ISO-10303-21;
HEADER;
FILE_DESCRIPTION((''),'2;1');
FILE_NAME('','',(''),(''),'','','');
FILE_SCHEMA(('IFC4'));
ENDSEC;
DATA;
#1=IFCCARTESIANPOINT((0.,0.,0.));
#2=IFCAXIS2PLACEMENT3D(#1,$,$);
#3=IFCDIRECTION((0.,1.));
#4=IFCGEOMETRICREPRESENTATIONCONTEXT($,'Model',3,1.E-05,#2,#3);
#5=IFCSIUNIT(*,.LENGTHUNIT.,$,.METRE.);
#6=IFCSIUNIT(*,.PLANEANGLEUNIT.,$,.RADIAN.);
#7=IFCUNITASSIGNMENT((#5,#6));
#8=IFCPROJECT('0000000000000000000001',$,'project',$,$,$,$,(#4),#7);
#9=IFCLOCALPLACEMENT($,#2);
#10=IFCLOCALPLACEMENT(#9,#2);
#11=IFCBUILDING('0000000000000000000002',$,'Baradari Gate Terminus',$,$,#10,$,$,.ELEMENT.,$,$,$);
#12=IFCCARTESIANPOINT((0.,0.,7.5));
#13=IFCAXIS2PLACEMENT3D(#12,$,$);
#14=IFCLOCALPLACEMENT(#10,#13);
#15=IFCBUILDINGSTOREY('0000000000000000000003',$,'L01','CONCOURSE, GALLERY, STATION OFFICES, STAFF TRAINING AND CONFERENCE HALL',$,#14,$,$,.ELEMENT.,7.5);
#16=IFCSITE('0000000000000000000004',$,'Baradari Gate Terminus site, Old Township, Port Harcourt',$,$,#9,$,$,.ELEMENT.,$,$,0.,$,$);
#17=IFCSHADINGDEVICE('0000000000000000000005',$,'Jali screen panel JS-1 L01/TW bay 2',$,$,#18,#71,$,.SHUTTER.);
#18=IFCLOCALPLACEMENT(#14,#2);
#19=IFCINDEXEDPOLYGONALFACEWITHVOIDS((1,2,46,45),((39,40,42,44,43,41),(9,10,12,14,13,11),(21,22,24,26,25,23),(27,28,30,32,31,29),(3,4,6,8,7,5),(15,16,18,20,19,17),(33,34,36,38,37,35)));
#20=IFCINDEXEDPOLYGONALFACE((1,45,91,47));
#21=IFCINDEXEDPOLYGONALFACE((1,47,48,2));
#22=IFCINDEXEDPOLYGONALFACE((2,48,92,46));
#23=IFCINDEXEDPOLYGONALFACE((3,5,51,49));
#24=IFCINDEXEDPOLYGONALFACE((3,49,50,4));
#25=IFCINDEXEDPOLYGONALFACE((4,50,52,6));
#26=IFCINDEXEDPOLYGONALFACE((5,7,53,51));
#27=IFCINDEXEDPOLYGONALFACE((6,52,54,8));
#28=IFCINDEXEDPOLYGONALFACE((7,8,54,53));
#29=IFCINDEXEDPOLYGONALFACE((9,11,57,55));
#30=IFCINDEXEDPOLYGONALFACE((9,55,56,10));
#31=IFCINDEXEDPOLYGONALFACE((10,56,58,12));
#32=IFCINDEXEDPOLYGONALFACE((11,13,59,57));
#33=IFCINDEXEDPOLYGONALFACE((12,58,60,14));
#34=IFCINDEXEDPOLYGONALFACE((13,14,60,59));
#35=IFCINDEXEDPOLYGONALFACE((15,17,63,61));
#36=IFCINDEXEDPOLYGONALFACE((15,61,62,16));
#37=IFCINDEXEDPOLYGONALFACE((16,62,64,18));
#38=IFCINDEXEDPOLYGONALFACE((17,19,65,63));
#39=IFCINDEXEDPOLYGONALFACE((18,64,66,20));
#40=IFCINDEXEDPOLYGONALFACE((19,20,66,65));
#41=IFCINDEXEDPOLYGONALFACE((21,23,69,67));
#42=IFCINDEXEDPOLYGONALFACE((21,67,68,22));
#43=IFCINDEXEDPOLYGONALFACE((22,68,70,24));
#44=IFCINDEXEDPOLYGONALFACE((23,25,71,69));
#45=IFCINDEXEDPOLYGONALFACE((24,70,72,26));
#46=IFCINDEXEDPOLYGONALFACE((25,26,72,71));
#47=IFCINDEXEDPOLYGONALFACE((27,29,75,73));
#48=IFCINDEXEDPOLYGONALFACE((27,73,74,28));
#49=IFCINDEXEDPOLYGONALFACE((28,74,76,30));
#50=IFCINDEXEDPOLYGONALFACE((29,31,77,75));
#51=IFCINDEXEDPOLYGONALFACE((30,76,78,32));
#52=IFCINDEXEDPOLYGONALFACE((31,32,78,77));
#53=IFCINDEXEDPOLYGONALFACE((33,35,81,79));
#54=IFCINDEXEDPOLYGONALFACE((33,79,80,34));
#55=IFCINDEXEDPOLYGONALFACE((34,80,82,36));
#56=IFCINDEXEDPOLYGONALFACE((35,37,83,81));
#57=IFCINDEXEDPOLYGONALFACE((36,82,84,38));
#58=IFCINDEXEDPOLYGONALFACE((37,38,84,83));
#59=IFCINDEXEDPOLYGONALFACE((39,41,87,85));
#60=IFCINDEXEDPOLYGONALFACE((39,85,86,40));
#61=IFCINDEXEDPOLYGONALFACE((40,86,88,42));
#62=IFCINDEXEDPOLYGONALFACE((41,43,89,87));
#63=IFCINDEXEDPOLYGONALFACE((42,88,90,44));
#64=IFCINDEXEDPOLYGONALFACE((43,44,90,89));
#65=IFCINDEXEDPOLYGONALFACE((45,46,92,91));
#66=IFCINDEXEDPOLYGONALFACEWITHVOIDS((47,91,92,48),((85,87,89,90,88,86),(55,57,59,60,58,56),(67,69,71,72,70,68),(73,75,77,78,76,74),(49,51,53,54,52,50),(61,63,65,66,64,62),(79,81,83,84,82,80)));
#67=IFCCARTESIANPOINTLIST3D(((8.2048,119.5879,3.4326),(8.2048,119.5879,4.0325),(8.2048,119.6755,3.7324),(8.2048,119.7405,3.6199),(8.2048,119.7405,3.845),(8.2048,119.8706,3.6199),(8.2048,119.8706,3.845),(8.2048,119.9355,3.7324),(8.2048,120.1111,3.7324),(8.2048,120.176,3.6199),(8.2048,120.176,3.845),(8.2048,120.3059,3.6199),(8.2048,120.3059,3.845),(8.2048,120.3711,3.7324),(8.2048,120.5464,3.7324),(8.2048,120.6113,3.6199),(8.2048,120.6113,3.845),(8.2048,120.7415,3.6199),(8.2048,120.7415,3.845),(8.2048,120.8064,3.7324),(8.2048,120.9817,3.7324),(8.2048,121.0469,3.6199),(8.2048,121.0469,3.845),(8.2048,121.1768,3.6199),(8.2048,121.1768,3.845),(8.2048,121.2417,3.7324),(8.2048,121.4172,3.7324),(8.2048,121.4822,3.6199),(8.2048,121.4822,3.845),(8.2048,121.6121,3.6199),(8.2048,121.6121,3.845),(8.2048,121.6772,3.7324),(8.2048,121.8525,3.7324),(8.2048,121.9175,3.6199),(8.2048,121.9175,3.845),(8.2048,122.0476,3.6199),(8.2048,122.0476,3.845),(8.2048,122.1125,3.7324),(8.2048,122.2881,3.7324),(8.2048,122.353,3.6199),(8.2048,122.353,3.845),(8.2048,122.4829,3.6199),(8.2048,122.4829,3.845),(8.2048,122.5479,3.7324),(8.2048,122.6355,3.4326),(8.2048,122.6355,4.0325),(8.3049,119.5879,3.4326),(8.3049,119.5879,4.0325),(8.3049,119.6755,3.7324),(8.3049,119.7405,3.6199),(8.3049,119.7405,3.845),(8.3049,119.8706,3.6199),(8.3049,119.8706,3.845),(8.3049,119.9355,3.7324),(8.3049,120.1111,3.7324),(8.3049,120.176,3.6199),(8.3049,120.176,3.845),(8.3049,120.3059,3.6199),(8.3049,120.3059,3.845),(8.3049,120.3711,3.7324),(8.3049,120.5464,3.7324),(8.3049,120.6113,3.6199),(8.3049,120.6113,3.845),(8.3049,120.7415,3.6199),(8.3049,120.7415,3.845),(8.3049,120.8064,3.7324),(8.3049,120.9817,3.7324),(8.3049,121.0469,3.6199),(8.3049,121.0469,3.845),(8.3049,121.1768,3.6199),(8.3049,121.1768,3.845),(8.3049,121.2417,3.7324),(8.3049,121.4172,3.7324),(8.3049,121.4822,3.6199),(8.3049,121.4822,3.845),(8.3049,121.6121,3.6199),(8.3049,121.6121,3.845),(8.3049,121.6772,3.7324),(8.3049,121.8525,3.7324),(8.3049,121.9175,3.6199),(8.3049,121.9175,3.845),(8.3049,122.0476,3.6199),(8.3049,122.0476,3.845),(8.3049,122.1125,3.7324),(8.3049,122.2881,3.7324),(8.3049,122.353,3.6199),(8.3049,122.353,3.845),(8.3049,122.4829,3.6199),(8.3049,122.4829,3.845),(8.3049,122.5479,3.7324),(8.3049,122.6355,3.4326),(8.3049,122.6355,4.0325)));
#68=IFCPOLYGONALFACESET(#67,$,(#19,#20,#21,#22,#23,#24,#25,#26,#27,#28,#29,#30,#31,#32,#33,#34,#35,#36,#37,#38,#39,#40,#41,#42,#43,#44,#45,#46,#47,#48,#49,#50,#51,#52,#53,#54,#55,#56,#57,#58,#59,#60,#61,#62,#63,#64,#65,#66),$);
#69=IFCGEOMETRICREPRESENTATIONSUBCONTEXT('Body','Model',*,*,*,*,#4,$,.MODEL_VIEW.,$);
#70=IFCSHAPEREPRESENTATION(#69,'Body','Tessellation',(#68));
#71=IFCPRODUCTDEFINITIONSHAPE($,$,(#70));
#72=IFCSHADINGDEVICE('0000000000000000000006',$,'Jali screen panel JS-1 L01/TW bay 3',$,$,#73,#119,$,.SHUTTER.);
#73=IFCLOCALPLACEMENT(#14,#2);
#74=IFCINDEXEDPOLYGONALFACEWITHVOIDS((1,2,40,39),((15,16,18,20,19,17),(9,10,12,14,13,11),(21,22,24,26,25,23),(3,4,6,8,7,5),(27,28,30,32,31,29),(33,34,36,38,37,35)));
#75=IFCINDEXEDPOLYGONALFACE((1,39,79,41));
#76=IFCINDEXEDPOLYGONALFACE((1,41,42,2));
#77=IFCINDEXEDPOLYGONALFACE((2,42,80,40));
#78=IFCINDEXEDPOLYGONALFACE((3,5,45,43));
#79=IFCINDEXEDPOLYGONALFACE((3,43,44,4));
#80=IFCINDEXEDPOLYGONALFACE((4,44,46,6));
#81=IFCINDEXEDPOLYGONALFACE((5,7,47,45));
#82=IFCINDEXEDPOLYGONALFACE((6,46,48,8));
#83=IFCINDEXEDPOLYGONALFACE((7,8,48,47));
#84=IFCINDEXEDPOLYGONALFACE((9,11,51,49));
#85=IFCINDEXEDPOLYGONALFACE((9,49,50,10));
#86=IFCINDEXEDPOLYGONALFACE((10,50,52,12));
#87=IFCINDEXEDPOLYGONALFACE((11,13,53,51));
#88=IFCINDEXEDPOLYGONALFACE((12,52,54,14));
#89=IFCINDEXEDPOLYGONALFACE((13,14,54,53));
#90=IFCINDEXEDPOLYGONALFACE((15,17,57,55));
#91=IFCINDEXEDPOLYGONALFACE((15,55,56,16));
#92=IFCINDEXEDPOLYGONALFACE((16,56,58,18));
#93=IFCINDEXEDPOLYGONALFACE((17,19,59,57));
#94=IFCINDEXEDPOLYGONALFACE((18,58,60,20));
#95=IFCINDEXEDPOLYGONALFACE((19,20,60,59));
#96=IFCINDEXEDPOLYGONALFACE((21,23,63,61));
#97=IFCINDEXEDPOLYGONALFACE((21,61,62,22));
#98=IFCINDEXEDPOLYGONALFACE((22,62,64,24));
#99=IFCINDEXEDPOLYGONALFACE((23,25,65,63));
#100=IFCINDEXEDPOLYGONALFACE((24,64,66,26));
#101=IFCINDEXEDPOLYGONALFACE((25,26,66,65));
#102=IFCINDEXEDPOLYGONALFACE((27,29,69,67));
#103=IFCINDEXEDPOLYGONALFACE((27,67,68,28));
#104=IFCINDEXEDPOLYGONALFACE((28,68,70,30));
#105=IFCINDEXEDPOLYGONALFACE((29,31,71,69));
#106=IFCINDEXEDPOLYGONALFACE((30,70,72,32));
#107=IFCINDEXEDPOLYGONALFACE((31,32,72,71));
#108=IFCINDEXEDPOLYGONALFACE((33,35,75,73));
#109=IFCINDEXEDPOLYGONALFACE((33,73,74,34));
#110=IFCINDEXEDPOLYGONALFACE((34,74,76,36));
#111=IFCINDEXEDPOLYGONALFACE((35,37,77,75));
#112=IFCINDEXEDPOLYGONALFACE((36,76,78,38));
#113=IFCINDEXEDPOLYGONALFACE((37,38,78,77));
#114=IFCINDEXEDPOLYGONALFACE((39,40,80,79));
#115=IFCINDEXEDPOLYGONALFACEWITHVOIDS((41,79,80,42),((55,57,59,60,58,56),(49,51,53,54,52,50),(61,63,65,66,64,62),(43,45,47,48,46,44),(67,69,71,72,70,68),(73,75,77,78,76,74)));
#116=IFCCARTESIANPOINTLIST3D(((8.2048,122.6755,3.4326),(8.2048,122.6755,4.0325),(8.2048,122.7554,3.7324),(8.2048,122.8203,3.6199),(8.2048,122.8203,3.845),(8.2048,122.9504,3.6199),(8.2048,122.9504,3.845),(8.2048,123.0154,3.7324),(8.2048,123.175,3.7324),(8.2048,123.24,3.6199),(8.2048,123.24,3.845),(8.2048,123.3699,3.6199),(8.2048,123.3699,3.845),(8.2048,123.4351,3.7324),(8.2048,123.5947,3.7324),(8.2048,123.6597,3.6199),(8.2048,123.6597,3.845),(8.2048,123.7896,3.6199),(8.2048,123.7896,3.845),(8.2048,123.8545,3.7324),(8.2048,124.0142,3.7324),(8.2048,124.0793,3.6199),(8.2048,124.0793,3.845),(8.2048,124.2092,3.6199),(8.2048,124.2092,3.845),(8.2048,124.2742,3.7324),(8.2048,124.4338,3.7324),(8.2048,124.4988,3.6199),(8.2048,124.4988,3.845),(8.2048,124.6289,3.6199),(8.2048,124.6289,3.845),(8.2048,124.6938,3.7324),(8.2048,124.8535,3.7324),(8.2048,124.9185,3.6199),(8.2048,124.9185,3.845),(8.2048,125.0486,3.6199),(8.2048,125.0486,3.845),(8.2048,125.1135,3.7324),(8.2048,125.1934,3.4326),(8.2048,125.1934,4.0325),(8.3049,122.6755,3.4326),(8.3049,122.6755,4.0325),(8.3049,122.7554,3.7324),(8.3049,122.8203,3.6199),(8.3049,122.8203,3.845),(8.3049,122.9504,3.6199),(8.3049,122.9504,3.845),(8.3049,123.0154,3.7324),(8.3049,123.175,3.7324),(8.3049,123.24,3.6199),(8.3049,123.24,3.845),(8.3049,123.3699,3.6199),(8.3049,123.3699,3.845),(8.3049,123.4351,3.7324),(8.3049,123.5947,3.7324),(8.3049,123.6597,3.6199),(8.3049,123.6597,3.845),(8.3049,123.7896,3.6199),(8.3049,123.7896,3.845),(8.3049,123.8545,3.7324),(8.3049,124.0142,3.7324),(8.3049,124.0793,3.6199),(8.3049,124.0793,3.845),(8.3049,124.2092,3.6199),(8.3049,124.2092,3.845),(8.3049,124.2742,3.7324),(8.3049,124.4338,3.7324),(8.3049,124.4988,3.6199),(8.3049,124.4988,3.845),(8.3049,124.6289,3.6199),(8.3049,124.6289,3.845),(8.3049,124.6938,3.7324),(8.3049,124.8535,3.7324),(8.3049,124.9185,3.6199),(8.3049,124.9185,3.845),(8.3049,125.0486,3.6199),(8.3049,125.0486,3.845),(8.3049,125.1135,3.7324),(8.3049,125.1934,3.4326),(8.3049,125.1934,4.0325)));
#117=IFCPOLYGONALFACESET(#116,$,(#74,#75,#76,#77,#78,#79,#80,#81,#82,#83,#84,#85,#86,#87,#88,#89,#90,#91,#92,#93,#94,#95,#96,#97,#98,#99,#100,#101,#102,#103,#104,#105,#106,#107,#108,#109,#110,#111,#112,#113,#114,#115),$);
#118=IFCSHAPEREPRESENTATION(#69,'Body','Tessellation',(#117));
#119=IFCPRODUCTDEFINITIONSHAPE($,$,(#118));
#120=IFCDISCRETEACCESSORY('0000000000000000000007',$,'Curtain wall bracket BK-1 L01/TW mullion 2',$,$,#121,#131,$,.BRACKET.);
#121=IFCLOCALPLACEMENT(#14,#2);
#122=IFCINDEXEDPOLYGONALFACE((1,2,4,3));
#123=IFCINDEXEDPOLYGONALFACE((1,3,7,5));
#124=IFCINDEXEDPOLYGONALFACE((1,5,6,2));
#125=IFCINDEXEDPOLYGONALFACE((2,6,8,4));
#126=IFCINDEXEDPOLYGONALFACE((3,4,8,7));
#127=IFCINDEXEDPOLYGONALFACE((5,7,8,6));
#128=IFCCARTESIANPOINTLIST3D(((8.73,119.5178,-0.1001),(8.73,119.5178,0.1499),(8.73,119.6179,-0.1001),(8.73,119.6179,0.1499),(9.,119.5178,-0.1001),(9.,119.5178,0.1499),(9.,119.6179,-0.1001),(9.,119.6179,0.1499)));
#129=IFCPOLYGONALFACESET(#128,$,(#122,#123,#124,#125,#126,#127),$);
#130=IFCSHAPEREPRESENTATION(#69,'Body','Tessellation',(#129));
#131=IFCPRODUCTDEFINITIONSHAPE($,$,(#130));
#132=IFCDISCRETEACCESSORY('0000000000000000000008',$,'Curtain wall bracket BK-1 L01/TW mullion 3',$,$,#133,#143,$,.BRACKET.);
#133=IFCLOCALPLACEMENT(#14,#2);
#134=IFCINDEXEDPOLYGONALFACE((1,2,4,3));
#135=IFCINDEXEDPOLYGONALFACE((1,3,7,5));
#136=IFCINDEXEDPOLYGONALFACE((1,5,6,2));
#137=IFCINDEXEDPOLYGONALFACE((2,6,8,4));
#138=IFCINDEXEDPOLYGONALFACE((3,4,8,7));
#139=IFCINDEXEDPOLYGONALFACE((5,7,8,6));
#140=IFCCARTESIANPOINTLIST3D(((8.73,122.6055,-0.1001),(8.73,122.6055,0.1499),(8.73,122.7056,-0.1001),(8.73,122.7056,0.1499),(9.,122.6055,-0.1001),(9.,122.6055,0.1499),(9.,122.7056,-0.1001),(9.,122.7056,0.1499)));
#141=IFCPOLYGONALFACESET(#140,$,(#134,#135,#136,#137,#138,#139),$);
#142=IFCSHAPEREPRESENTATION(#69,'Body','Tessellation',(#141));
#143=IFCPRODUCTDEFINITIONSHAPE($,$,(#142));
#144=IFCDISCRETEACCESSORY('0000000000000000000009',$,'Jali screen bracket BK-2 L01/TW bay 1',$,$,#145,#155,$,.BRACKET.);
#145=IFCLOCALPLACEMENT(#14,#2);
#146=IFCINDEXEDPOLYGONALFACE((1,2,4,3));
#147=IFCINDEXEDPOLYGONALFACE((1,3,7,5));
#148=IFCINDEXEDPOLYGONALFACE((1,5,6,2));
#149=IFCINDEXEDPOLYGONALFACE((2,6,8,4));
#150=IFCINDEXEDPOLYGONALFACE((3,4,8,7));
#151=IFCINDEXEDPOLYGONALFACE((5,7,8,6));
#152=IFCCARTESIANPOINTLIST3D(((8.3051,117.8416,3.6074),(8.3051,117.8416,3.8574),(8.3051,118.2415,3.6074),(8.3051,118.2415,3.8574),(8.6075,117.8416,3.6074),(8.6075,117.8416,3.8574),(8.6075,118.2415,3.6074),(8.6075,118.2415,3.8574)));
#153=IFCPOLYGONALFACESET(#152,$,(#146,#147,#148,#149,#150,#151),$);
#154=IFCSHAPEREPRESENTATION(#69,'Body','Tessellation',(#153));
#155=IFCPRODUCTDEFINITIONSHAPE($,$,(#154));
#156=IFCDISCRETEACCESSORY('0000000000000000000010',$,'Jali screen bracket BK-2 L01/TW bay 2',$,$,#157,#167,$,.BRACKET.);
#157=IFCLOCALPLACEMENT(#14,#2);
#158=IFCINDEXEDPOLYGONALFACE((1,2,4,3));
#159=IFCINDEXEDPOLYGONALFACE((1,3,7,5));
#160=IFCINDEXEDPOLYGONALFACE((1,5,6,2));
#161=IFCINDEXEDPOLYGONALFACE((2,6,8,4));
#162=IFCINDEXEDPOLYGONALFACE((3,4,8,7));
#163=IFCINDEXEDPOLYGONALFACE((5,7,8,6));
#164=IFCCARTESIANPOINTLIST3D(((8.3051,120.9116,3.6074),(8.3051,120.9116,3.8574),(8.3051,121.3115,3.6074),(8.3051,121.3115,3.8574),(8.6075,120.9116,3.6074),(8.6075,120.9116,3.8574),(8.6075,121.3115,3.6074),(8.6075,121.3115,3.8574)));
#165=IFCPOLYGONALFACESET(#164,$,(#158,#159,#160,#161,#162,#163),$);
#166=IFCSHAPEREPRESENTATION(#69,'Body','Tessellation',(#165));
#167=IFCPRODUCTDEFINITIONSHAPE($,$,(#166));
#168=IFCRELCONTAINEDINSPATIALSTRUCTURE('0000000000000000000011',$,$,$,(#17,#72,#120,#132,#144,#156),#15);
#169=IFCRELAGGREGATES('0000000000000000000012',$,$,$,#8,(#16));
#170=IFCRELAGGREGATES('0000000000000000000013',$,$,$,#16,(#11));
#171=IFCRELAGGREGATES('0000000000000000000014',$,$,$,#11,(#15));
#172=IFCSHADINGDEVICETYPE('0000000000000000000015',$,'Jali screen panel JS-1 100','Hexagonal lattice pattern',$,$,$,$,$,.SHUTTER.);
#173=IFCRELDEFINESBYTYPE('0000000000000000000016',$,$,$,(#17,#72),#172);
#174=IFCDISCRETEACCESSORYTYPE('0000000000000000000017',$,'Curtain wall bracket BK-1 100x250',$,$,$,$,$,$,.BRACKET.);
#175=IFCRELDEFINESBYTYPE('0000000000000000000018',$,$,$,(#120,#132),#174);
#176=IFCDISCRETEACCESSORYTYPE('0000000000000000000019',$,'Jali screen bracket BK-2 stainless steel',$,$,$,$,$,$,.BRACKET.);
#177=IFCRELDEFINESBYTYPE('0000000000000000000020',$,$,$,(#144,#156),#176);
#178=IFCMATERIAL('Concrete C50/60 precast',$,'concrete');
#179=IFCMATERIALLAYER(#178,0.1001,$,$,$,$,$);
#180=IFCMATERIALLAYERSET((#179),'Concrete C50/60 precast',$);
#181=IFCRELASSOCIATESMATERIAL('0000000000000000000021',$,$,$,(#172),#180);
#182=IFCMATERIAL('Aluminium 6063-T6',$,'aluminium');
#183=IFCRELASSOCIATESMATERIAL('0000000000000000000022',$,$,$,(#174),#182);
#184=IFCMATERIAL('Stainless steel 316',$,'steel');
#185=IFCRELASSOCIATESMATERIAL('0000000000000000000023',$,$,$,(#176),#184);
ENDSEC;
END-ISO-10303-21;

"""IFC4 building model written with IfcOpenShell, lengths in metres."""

from ifc_helpers import new_model, si_unit, direction, frame, origin, origin_2d, place, context, subcontext, project, spatial, polyline, rectangle, outline, extrude, material, layer, layer_set, type_object, element, save


model = new_model("IFC4")

# Units and contexts
model_context = context("Model", 3, precision=1e-05, world=origin(), true_north=direction((0.0, 1.0)))
body_context = subcontext(model_context, "Body", "Model", "MODEL_VIEW")
ifc_project = project(units=[si_unit("LENGTHUNIT", "METRE"), si_unit("PLANEANGLEUNIT", "RADIAN")], contexts=[model_context])

# Site, building, storey
site_placement = place(None, origin())
site = spatial("IfcSite", under=ifc_project, at=site_placement, Name="Baradari Gate Terminus site, Old Township, Port Harcourt", CompositionType="ELEMENT", RefElevation=0.0)
building_placement = place(site_placement, origin())
building = spatial("IfcBuilding", under=site, at=building_placement, Name="Baradari Gate Terminus", CompositionType="ELEMENT")
storey_placement = place(building_placement, frame((0.0, 0.0, 7.5)))
storey = spatial("IfcBuildingStorey", under=building, at=storey_placement, Name="L01", Description="CONCOURSE, GALLERY, STATION OFFICES, STAFF TRAINING AND CONFERENCE HALL", CompositionType="ELEMENT", Elevation=7.5)

# Shading devices
ifc_material_1 = material(Name="Concrete C50/60 precast", Category="concrete")
ifc_layer_1 = layer(ifc_material_1, 0.1001)
ifc_layer_set_1 = layer_set([ifc_layer_1], Name="Concrete C50/60 precast")
shading_device_type = type_object("IfcShadingDeviceType", Name="Jali screen panel JS-1 100", Description="Hexagonal lattice pattern", PredefinedType="SHUTTER", material=ifc_layer_set_1)
shading_device_1_placement = place(storey_placement, frame((8.2549, 119.5879, 3.4326), z_axis=(0.0, 0.0, 1.0), x_axis=(0.0, 1.0, 0.0)))
element("IfcShadingDevice", 1, at=shading_device_1_placement, inside=storey, type_object=shading_device_type, Name="Jali screen panel JS-1 L01/TW bay 2", PredefinedType="SHUTTER", context=body_context, shape_type="SweptSolid", body=[
    extrude(outline(polyline([(0.0, 0.0), (3.0476, 0.0), (3.0476, 0.5999), (0.0, 0.5999), (0.0, 0.0)]), holes=[polyline([(0.3477, 0.2998), (0.2827, 0.1873), (0.1526, 0.1873), (0.0876, 0.2998), (0.1526, 0.4124), (0.2827, 0.4124), (0.3477, 0.2998)]), polyline([(0.7832, 0.2998), (0.718, 0.1873), (0.5881, 0.1873), (0.5232, 0.2998), (0.5881, 0.4124), (0.718, 0.4124), (0.7832, 0.2998)]), polyline([(1.2185, 0.2998), (1.1536, 0.1873), (1.0234, 0.1873), (0.9585, 0.2998), (1.0234, 0.4124), (1.1536, 0.4124), (1.2185, 0.2998)]), polyline([(1.6538, 0.2998), (1.5889, 0.1873), (1.459, 0.1873), (1.3938, 0.2998), (1.459, 0.4124), (1.5889, 0.4124), (1.6538, 0.2998)]), polyline([(2.0894, 0.2998), (2.0242, 0.1873), (1.8943, 0.1873), (1.8293, 0.2998), (1.8943, 0.4124), (2.0242, 0.4124), (2.0894, 0.2998)]), polyline([(2.5247, 0.2998), (2.4597, 0.1873), (2.3296, 0.1873), (2.2646, 0.2998), (2.3296, 0.4124), (2.4597, 0.4124), (2.5247, 0.2998)]), polyline([(2.96, 0.2998), (2.895, 0.1873), (2.7651, 0.1873), (2.7002, 0.2998), (2.7651, 0.4124), (2.895, 0.4124), (2.96, 0.2998)])]), frame((0.0, 0.05, 0.0), z_axis=(0.0, -1.0, 0.0), x_axis=(1.0, 0.0, 0.0)), (0.0, 0.0, 1.0), 0.1001),
])
shading_device_2_placement = place(storey_placement, frame((8.2549, 122.6755, 3.4326), z_axis=(0.0, 0.0, 1.0), x_axis=(0.0, 1.0, 0.0)))
element("IfcShadingDevice", 2, at=shading_device_2_placement, inside=storey, type_object=shading_device_type, Name="Jali screen panel JS-1 L01/TW bay 3", PredefinedType="SHUTTER", context=body_context, shape_type="SweptSolid", body=[
    extrude(outline(polyline([(0.0, 0.0), (2.5178, 0.0), (2.5178, 0.5999), (0.0, 0.5999), (0.0, 0.0)]), holes=[polyline([(0.3398, 0.2998), (0.2749, 0.1873), (0.1448, 0.1873), (0.0798, 0.2998), (0.1448, 0.4124), (0.2749, 0.4124), (0.3398, 0.2998)]), polyline([(0.7595, 0.2998), (0.6943, 0.1873), (0.5645, 0.1873), (0.4995, 0.2998), (0.5645, 0.4124), (0.6943, 0.4124), (0.7595, 0.2998)]), polyline([(1.179, 0.2998), (1.114, 0.1873), (0.9841, 0.1873), (0.9192, 0.2998), (0.9841, 0.4124), (1.114, 0.4124), (1.179, 0.2998)]), polyline([(1.5986, 0.2998), (1.5337, 0.1873), (1.4038, 0.1873), (1.3386, 0.2998), (1.4038, 0.4124), (1.5337, 0.4124), (1.5986, 0.2998)]), polyline([(2.0183, 0.2998), (1.9534, 0.1873), (1.8232, 0.1873), (1.7583, 0.2998), (1.8232, 0.4124), (1.9534, 0.4124), (2.0183, 0.2998)]), polyline([(2.438, 0.2998), (2.373, 0.1873), (2.2429, 0.1873), (2.178, 0.2998), (2.2429, 0.4124), (2.373, 0.4124), (2.438, 0.2998)])]), frame((0.0, 0.05, 0.0), z_axis=(0.0, -1.0, 0.0), x_axis=(1.0, 0.0, 0.0)), (0.0, 0.0, 1.0), 0.1001),
])

# Discrete accessories
ifc_material_2 = material(Name="Aluminium 6063-T6", Category="aluminium")
discrete_accessory_type_1 = type_object("IfcDiscreteAccessoryType", Name="Curtain wall bracket BK-1 100x250", PredefinedType="BRACKET", material=ifc_material_2)
for number, where, z_axis, x_axis, name in (
    (3, (8.865, 119.5679, -0.1001), (0.0, 0.0, 1.0), (-1.0, 0.0, 0.0), "Curtain wall bracket BK-1 L01/TW mullion 2"),
    (4, (8.865, 122.6555, -0.1001), (0.0, 0.0, 1.0), (-1.0, 0.0, 0.0), "Curtain wall bracket BK-1 L01/TW mullion 3"),
):
    element("IfcDiscreteAccessory", number, at=place(storey_placement, frame(where, z_axis=z_axis, x_axis=x_axis)), inside=storey, type_object=discrete_accessory_type_1, Name=name, PredefinedType="BRACKET", context=body_context, shape_type="SweptSolid", body=[
        extrude(rectangle(XDim=0.27, YDim=0.1001, at=origin_2d()), origin(), (0.0, 0.0, 1.0), 0.25),
    ])
ifc_material_3 = material(Name="Stainless steel 316", Category="steel")
discrete_accessory_type_2 = type_object("IfcDiscreteAccessoryType", Name="Jali screen bracket BK-2 stainless steel", PredefinedType="BRACKET", material=ifc_material_3)
for number, where, z_axis, x_axis, name in (
    (5, (8.4563, 118.0415, 3.6074), (0.0, 0.0, 1.0), (-1.0, 0.0, 0.0), "Jali screen bracket BK-2 L01/TW bay 1"),
    (6, (8.4563, 121.1116, 3.6074), (0.0, 0.0, 1.0), (-1.0, 0.0, 0.0), "Jali screen bracket BK-2 L01/TW bay 2"),
):
    element("IfcDiscreteAccessory", number, at=place(storey_placement, frame(where, z_axis=z_axis, x_axis=x_axis)), inside=storey, type_object=discrete_accessory_type_2, Name=name, PredefinedType="BRACKET", context=body_context, shape_type="SweptSolid", body=[
        extrude(rectangle(XDim=0.3025, YDim=0.3999, at=origin_2d()), origin(), (0.0, 0.0, 1.0), 0.25),
    ])

save(model, "model.ifc")
